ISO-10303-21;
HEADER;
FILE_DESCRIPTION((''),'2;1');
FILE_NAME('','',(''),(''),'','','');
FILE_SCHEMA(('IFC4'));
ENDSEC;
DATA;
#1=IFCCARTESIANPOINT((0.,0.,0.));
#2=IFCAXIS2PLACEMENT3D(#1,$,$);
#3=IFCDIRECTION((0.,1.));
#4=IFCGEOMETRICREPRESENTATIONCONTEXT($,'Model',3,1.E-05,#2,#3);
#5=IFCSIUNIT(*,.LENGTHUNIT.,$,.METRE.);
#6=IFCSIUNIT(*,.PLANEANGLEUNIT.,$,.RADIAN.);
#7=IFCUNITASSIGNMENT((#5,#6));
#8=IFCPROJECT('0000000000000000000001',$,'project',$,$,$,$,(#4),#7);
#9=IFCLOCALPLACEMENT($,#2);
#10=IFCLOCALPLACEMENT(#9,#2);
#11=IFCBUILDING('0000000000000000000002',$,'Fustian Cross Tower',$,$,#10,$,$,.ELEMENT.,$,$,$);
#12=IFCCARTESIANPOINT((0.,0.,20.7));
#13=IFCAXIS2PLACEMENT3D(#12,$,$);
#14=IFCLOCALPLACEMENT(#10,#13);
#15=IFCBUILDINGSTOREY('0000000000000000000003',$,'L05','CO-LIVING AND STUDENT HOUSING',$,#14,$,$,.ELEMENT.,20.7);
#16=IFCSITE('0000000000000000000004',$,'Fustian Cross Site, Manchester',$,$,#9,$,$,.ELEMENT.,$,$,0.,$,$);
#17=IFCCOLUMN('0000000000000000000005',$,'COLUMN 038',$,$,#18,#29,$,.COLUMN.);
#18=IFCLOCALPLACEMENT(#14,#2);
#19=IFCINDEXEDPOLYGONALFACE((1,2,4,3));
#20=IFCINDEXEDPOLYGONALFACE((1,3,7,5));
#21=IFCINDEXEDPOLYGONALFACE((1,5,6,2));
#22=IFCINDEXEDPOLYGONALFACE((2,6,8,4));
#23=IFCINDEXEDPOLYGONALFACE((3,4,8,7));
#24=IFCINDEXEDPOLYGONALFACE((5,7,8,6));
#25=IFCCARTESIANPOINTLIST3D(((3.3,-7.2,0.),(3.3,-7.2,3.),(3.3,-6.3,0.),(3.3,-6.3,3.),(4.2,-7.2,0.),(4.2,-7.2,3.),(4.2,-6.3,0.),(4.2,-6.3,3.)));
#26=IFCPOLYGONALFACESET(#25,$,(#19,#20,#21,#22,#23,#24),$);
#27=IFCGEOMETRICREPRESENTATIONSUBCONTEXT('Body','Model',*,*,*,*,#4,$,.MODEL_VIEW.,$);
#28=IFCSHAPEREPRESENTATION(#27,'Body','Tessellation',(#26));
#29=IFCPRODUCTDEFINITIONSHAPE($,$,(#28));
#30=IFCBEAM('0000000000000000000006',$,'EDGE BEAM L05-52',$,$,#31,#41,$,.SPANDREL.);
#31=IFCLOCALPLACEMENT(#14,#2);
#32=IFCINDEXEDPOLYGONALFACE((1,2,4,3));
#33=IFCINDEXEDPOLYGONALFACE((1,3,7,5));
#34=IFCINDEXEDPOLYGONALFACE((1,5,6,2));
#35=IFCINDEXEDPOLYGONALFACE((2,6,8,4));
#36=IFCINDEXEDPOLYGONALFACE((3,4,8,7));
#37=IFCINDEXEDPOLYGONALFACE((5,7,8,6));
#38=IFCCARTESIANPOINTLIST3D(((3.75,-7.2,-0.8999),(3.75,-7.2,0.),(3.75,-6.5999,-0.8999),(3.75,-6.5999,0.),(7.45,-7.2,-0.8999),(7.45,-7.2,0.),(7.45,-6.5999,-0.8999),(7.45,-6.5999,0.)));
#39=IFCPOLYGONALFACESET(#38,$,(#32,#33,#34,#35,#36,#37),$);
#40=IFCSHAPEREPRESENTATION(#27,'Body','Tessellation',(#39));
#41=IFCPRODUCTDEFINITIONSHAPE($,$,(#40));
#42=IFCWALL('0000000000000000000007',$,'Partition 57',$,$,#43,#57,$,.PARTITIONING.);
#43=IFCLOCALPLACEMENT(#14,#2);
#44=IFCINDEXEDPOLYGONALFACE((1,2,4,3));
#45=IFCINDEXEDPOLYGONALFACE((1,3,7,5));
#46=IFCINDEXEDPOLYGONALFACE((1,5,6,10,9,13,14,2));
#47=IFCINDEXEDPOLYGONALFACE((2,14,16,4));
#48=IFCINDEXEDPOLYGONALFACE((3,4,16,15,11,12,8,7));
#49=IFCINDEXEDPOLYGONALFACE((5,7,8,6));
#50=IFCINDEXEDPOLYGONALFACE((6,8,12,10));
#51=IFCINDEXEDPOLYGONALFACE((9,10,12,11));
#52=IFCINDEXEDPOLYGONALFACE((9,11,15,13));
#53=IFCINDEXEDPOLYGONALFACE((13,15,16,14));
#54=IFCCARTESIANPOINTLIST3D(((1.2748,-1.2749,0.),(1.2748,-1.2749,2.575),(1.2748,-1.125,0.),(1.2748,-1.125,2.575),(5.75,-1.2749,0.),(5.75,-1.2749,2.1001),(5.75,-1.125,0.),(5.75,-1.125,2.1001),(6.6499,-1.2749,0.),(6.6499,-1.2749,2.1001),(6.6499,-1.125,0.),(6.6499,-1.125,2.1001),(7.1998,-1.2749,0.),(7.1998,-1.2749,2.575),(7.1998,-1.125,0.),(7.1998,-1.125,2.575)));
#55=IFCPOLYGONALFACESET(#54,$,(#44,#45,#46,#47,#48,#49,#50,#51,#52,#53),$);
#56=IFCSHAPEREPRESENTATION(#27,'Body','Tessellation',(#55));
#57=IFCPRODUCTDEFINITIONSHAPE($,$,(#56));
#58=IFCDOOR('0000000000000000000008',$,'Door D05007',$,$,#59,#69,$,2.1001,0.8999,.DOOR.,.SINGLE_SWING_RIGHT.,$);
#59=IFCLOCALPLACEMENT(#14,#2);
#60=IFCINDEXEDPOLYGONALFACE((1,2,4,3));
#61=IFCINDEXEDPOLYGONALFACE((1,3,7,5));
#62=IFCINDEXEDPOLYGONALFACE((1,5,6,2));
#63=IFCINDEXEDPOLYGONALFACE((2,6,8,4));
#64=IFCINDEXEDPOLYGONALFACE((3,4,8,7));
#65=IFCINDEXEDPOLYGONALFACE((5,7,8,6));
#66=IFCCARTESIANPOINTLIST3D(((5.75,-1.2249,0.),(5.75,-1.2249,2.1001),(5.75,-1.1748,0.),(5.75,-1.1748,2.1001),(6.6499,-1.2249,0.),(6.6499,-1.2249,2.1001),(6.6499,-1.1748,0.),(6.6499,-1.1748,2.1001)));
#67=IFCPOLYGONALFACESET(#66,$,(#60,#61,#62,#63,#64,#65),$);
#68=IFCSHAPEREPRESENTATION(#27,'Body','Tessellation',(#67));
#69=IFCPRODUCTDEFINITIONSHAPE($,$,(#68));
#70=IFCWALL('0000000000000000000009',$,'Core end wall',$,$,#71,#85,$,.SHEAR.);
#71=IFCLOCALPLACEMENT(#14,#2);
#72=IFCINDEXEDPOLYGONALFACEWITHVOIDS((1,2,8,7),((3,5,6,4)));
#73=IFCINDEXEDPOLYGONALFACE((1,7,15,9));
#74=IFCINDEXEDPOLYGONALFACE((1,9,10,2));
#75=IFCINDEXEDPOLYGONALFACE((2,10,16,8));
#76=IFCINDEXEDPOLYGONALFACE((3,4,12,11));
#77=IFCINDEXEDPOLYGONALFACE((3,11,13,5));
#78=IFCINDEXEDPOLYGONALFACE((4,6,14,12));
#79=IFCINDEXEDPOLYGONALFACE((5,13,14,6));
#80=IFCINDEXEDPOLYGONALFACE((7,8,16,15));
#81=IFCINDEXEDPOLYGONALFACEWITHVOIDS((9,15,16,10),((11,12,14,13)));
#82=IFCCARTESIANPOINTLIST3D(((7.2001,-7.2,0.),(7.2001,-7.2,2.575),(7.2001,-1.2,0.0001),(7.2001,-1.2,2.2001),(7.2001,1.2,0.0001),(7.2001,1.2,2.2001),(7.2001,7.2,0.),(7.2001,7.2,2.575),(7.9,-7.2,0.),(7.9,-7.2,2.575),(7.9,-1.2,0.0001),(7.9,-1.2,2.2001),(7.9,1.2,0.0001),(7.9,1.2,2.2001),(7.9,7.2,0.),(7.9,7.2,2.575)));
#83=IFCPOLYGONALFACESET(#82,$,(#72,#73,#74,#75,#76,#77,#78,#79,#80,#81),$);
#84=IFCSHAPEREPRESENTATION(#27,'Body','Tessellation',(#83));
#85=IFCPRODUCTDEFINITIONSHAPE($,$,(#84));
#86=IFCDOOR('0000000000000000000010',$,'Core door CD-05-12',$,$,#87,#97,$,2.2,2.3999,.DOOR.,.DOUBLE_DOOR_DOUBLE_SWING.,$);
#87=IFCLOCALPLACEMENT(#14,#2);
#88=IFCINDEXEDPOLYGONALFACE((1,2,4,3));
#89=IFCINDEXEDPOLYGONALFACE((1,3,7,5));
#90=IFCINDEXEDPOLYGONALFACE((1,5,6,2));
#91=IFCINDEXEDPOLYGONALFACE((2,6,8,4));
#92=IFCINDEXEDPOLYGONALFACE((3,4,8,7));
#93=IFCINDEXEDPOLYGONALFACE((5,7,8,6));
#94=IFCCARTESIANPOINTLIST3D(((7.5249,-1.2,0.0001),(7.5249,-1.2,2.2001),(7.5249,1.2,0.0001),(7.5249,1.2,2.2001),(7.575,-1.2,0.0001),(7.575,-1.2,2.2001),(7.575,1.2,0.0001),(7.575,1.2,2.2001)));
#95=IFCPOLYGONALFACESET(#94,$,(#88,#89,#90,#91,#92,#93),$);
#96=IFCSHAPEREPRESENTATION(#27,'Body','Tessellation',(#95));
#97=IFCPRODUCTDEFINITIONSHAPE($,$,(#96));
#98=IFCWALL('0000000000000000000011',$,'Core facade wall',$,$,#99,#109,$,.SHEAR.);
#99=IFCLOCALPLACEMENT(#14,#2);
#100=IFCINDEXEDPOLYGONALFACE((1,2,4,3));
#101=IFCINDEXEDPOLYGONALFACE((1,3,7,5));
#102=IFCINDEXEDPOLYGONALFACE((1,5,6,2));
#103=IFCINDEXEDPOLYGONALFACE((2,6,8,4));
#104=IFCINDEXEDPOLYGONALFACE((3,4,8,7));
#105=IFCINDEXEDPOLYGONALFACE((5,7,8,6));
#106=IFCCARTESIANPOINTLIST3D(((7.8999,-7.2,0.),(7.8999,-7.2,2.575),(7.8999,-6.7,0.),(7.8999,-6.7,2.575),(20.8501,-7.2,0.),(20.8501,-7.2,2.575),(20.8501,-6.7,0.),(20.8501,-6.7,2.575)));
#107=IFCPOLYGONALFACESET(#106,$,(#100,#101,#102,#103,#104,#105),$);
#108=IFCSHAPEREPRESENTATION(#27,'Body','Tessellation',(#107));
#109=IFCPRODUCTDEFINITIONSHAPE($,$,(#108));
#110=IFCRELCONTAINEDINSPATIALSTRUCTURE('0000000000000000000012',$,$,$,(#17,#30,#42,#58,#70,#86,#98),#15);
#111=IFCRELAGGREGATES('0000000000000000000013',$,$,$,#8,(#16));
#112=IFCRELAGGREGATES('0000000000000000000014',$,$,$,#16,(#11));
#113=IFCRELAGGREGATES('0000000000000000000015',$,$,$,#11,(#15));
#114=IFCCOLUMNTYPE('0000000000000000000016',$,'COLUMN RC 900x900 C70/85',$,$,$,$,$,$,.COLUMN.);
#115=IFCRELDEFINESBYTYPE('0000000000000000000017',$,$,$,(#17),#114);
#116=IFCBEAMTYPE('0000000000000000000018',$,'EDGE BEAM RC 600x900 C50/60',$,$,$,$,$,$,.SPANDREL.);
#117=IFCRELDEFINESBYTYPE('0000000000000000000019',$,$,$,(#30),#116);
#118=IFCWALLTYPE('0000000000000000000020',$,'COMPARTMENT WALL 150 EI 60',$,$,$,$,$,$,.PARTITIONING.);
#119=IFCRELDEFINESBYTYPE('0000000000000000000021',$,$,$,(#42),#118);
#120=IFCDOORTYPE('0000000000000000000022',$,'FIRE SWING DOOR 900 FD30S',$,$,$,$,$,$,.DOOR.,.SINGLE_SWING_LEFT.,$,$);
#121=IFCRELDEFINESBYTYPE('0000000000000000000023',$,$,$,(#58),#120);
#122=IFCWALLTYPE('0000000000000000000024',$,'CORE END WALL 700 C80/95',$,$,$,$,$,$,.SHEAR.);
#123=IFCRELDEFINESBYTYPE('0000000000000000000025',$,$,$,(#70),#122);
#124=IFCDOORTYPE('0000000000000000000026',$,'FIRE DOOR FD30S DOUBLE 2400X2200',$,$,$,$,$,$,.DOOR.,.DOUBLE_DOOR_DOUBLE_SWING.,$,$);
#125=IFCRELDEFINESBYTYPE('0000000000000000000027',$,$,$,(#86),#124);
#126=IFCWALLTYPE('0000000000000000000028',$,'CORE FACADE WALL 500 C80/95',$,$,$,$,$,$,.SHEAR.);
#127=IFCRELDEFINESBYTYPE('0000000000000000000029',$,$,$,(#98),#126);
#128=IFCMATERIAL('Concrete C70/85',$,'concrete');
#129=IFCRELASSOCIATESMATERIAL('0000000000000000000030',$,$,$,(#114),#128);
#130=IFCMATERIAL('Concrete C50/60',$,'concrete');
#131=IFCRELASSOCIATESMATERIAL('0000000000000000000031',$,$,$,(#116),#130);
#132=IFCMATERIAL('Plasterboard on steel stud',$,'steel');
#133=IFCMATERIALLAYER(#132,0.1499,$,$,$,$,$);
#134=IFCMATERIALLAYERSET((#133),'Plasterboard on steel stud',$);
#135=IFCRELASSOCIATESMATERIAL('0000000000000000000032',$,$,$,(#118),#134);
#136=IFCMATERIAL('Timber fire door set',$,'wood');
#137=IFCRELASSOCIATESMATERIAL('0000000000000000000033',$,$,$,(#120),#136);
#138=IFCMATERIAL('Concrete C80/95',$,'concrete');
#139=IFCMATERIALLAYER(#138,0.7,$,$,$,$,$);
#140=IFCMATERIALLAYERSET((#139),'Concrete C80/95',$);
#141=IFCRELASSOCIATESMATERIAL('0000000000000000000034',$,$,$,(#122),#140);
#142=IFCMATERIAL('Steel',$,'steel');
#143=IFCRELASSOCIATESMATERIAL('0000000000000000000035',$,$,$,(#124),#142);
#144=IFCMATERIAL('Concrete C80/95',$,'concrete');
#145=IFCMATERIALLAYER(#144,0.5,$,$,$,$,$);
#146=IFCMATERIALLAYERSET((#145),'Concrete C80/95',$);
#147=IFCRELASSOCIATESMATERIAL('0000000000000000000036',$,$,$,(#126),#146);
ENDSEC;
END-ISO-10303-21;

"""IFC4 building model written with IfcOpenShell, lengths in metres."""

from ifc_helpers import new_model, si_unit, direction, frame, frame_2d, origin, origin_2d, place, context, subcontext, project, spatial, rectangle, extrude, material, layer, layer_set, material_profile, profile_set, type_object, element, fill, save


model = new_model("IFC4")

# Units and contexts
model_context = context("Model", 3, precision=1e-05, world=origin(), true_north=direction((0.0, 1.0)))
body_context = subcontext(model_context, "Body", "Model", "MODEL_VIEW")
ifc_project = project(units=[si_unit("LENGTHUNIT", "METRE"), si_unit("PLANEANGLEUNIT", "RADIAN")], contexts=[model_context])

# Site, building, storey
site_placement = place(None, origin())
site = spatial("IfcSite", under=ifc_project, at=site_placement, Name="Fustian Cross Site, Manchester", CompositionType="ELEMENT", RefElevation=0.0)
building_placement = place(site_placement, origin())
building = spatial("IfcBuilding", under=site, at=building_placement, Name="Fustian Cross Tower", CompositionType="ELEMENT")
storey_placement = place(building_placement, frame((0.0, 0.0, 20.7)))
storey = spatial("IfcBuildingStorey", under=building, at=storey_placement, Name="L05", Description="CO-LIVING AND STUDENT HOUSING", CompositionType="ELEMENT", Elevation=20.7)

# Column
ifc_material_1 = material(Name="Concrete C70/85", Category="concrete")
ifc_material_profile_1 = material_profile(ifc_material_1, rectangle(XDim=0.8999, YDim=0.8999, at=origin_2d()), Name="RC 900x900")
ifc_profile_set_1 = profile_set([ifc_material_profile_1], Name="Concrete C70/85")
column_type = type_object("IfcColumnType", Name="COLUMN RC 900x900 C70/85", PredefinedType="COLUMN", material=ifc_profile_set_1)
column_placement = place(storey_placement, frame((3.75, -6.75, 0.0), z_axis=(0.0, 0.0, 1.0), x_axis=(1.0, 0.0, 0.0)))
element("IfcColumn", 1, at=column_placement, inside=storey, type_object=column_type, Name="COLUMN 038", PredefinedType="COLUMN", context=body_context, shape_type="SweptSolid", body=[
    extrude(rectangle(XDim=0.8999, YDim=0.8999, at=origin_2d()), origin(), (0.0, 0.0, 1.0), 3.0),
])

# Beam
ifc_material_2 = material(Name="Concrete C50/60", Category="concrete")
ifc_material_profile_2 = material_profile(ifc_material_2, rectangle(XDim=0.6001, YDim=0.8999, at=origin_2d()), Name="RC 600x900")
ifc_profile_set_2 = profile_set([ifc_material_profile_2], Name="Concrete C50/60")
beam_type = type_object("IfcBeamType", Name="EDGE BEAM RC 600x900 C50/60", PredefinedType="SPANDREL", material=ifc_profile_set_2)
beam_placement = place(storey_placement, frame((3.75, -6.8999, -0.45), z_axis=(1.0, 0.0, 0.0), x_axis=(0.0, 1.0, 0.0)))
element("IfcBeam", 2, at=beam_placement, inside=storey, type_object=beam_type, Name="EDGE BEAM L05-52", PredefinedType="SPANDREL", context=body_context, shape_type="SweptSolid", body=[
    extrude(rectangle(XDim=0.6001, YDim=0.8999, at=origin_2d()), origin(), (0.0, 0.0, 1.0), 3.7),
])

# Walls, openings, doors
ifc_material_3 = material(Name="Plasterboard on steel stud", Category="steel")
ifc_layer_1 = layer(ifc_material_3, 0.1499)
ifc_layer_set_1 = layer_set([ifc_layer_1], Name="Plasterboard on steel stud")
wall_type_1 = type_object("IfcWallType", Name="COMPARTMENT WALL 150 EI 60", PredefinedType="PARTITIONING", material=ifc_layer_set_1)
wall_1_placement = place(storey_placement, frame((1.2749, -1.2, 0.0), z_axis=(0.0, 0.0, 1.0), x_axis=(1.0, 0.0, 0.0)))
wall_1 = element("IfcWall", 3, at=wall_1_placement, inside=storey, type_object=wall_type_1, Name="Partition 57", PredefinedType="PARTITIONING", context=body_context, shape_type="SweptSolid", body=[
    extrude(rectangle(XDim=5.925, YDim=0.1499, at=frame_2d((2.9624, 0.0))), origin(), (0.0, 0.0, 1.0), 2.575),
])
opening_1_placement = place(wall_1_placement, frame((4.4751, 0.0, 0.0)))
opening_1 = element("IfcOpeningElement", 4, at=opening_1_placement, cuts=wall_1, PredefinedType="OPENING", context=body_context, shape_type="SweptSolid", body=[
    extrude(rectangle(XDim=0.8999, YDim=2.1001, at=frame_2d((0.45, 1.05))), frame((0.0, 0.085, 0.0), z_axis=(0.0, -1.0, 0.0), x_axis=(1.0, 0.0, 0.0)), (0.0, 0.0, 1.0), 0.1699),
])
ifc_material_4 = material(Name="Timber fire door set", Category="wood")
door_type_1 = type_object("IfcDoorType", Name="FIRE SWING DOOR 900 FD30S", OperationType="SINGLE_SWING_LEFT", PredefinedType="DOOR", material=ifc_material_4)
door_1_placement = place(opening_1_placement, frame((0.8999, 0.0, 0.0), z_axis=(0.0, 0.0, 1.0), x_axis=(-1.0, 0.0, 0.0)))
door_1 = element("IfcDoor", 5, at=door_1_placement, inside=storey, type_object=door_type_1, Name="Door D05007", OperationType="SINGLE_SWING_RIGHT", OverallHeight=2.1001, OverallWidth=0.8999, PredefinedType="DOOR", context=body_context, shape_type="SweptSolid", body=[
    extrude(rectangle(XDim=0.8999, YDim=2.1001, at=frame_2d((0.45, 1.05))), frame((0.0, 0.0249, 0.0), z_axis=(0.0, -1.0, 0.0), x_axis=(1.0, 0.0, 0.0)), (0.0, 0.0, 1.0), 0.05),
])
fill(opening_1, door_1)
ifc_material_5 = material(Name="Concrete C80/95", Category="concrete")
ifc_layer_2 = layer(ifc_material_5, 0.7)
ifc_layer_set_2 = layer_set([ifc_layer_2], Name="Concrete C80/95")
wall_type_2 = type_object("IfcWallType", Name="CORE END WALL 700 C80/95", PredefinedType="SHEAR", material=ifc_layer_set_2)
wall_2_placement = place(storey_placement, frame((7.55, -7.2, 0.0), z_axis=(0.0, 0.0, 1.0), x_axis=(0.0, 1.0, 0.0)))
wall_2 = element("IfcWall", 6, at=wall_2_placement, inside=storey, type_object=wall_type_2, Name="Core end wall", PredefinedType="SHEAR", context=body_context, shape_type="SweptSolid", body=[
    extrude(rectangle(XDim=14.3999, YDim=0.7, at=frame_2d((7.2, 0.0))), origin(), (0.0, 0.0, 1.0), 2.575),
])
opening_2_placement = place(wall_2_placement, frame((6.0, 0.0, 0.0)))
opening_2 = element("IfcOpeningElement", 7, at=opening_2_placement, cuts=wall_2, PredefinedType="OPENING", context=body_context, shape_type="SweptSolid", body=[
    extrude(rectangle(XDim=2.3999, YDim=2.2, at=frame_2d((1.2, 1.1001))), frame((0.0, 0.3599, 0.0), z_axis=(0.0, -1.0, 0.0), x_axis=(1.0, 0.0, 0.0)), (0.0, 0.0, 1.0), 0.72),
])
ifc_material_6 = material(Name="Steel", Category="steel")
door_type_2 = type_object("IfcDoorType", Name="FIRE DOOR FD30S DOUBLE 2400X2200", OperationType="DOUBLE_DOOR_DOUBLE_SWING", PredefinedType="DOOR", material=ifc_material_6)
door_2_placement = place(opening_2_placement, frame((2.3999, 0.0, 0.0), z_axis=(0.0, 0.0, 1.0), x_axis=(-1.0, 0.0, 0.0)))
door_2 = element("IfcDoor", 8, at=door_2_placement, inside=storey, type_object=door_type_2, Name="Core door CD-05-12", OperationType="DOUBLE_DOOR_DOUBLE_SWING", OverallHeight=2.2, OverallWidth=2.3999, PredefinedType="DOOR", context=body_context, shape_type="SweptSolid", body=[
    extrude(rectangle(XDim=2.3999, YDim=2.2, at=frame_2d((1.2, 1.1001))), frame((0.0, 0.0249, 0.0), z_axis=(0.0, -1.0, 0.0), x_axis=(1.0, 0.0, 0.0)), (0.0, 0.0, 1.0), 0.05),
])
fill(opening_2, door_2)

# Wall
ifc_material_7 = material(Name="Concrete C80/95", Category="concrete")
ifc_layer_3 = layer(ifc_material_7, 0.5)
ifc_layer_set_3 = layer_set([ifc_layer_3], Name="Concrete C80/95")
wall_type_3 = type_object("IfcWallType", Name="CORE FACADE WALL 500 C80/95", PredefinedType="SHEAR", material=ifc_layer_set_3)
wall_3_placement = place(storey_placement, frame((7.8999, -6.95, 0.0), z_axis=(0.0, 0.0, 1.0), x_axis=(1.0, 0.0, 0.0)))
element("IfcWall", 9, at=wall_3_placement, inside=storey, type_object=wall_type_3, Name="Core facade wall", PredefinedType="SHEAR", context=body_context, shape_type="SweptSolid", body=[
    extrude(rectangle(XDim=12.9502, YDim=0.5, at=frame_2d((6.4751, 0.0))), origin(), (0.0, 0.0, 1.0), 2.575),
])

save(model, "model.ifc")
